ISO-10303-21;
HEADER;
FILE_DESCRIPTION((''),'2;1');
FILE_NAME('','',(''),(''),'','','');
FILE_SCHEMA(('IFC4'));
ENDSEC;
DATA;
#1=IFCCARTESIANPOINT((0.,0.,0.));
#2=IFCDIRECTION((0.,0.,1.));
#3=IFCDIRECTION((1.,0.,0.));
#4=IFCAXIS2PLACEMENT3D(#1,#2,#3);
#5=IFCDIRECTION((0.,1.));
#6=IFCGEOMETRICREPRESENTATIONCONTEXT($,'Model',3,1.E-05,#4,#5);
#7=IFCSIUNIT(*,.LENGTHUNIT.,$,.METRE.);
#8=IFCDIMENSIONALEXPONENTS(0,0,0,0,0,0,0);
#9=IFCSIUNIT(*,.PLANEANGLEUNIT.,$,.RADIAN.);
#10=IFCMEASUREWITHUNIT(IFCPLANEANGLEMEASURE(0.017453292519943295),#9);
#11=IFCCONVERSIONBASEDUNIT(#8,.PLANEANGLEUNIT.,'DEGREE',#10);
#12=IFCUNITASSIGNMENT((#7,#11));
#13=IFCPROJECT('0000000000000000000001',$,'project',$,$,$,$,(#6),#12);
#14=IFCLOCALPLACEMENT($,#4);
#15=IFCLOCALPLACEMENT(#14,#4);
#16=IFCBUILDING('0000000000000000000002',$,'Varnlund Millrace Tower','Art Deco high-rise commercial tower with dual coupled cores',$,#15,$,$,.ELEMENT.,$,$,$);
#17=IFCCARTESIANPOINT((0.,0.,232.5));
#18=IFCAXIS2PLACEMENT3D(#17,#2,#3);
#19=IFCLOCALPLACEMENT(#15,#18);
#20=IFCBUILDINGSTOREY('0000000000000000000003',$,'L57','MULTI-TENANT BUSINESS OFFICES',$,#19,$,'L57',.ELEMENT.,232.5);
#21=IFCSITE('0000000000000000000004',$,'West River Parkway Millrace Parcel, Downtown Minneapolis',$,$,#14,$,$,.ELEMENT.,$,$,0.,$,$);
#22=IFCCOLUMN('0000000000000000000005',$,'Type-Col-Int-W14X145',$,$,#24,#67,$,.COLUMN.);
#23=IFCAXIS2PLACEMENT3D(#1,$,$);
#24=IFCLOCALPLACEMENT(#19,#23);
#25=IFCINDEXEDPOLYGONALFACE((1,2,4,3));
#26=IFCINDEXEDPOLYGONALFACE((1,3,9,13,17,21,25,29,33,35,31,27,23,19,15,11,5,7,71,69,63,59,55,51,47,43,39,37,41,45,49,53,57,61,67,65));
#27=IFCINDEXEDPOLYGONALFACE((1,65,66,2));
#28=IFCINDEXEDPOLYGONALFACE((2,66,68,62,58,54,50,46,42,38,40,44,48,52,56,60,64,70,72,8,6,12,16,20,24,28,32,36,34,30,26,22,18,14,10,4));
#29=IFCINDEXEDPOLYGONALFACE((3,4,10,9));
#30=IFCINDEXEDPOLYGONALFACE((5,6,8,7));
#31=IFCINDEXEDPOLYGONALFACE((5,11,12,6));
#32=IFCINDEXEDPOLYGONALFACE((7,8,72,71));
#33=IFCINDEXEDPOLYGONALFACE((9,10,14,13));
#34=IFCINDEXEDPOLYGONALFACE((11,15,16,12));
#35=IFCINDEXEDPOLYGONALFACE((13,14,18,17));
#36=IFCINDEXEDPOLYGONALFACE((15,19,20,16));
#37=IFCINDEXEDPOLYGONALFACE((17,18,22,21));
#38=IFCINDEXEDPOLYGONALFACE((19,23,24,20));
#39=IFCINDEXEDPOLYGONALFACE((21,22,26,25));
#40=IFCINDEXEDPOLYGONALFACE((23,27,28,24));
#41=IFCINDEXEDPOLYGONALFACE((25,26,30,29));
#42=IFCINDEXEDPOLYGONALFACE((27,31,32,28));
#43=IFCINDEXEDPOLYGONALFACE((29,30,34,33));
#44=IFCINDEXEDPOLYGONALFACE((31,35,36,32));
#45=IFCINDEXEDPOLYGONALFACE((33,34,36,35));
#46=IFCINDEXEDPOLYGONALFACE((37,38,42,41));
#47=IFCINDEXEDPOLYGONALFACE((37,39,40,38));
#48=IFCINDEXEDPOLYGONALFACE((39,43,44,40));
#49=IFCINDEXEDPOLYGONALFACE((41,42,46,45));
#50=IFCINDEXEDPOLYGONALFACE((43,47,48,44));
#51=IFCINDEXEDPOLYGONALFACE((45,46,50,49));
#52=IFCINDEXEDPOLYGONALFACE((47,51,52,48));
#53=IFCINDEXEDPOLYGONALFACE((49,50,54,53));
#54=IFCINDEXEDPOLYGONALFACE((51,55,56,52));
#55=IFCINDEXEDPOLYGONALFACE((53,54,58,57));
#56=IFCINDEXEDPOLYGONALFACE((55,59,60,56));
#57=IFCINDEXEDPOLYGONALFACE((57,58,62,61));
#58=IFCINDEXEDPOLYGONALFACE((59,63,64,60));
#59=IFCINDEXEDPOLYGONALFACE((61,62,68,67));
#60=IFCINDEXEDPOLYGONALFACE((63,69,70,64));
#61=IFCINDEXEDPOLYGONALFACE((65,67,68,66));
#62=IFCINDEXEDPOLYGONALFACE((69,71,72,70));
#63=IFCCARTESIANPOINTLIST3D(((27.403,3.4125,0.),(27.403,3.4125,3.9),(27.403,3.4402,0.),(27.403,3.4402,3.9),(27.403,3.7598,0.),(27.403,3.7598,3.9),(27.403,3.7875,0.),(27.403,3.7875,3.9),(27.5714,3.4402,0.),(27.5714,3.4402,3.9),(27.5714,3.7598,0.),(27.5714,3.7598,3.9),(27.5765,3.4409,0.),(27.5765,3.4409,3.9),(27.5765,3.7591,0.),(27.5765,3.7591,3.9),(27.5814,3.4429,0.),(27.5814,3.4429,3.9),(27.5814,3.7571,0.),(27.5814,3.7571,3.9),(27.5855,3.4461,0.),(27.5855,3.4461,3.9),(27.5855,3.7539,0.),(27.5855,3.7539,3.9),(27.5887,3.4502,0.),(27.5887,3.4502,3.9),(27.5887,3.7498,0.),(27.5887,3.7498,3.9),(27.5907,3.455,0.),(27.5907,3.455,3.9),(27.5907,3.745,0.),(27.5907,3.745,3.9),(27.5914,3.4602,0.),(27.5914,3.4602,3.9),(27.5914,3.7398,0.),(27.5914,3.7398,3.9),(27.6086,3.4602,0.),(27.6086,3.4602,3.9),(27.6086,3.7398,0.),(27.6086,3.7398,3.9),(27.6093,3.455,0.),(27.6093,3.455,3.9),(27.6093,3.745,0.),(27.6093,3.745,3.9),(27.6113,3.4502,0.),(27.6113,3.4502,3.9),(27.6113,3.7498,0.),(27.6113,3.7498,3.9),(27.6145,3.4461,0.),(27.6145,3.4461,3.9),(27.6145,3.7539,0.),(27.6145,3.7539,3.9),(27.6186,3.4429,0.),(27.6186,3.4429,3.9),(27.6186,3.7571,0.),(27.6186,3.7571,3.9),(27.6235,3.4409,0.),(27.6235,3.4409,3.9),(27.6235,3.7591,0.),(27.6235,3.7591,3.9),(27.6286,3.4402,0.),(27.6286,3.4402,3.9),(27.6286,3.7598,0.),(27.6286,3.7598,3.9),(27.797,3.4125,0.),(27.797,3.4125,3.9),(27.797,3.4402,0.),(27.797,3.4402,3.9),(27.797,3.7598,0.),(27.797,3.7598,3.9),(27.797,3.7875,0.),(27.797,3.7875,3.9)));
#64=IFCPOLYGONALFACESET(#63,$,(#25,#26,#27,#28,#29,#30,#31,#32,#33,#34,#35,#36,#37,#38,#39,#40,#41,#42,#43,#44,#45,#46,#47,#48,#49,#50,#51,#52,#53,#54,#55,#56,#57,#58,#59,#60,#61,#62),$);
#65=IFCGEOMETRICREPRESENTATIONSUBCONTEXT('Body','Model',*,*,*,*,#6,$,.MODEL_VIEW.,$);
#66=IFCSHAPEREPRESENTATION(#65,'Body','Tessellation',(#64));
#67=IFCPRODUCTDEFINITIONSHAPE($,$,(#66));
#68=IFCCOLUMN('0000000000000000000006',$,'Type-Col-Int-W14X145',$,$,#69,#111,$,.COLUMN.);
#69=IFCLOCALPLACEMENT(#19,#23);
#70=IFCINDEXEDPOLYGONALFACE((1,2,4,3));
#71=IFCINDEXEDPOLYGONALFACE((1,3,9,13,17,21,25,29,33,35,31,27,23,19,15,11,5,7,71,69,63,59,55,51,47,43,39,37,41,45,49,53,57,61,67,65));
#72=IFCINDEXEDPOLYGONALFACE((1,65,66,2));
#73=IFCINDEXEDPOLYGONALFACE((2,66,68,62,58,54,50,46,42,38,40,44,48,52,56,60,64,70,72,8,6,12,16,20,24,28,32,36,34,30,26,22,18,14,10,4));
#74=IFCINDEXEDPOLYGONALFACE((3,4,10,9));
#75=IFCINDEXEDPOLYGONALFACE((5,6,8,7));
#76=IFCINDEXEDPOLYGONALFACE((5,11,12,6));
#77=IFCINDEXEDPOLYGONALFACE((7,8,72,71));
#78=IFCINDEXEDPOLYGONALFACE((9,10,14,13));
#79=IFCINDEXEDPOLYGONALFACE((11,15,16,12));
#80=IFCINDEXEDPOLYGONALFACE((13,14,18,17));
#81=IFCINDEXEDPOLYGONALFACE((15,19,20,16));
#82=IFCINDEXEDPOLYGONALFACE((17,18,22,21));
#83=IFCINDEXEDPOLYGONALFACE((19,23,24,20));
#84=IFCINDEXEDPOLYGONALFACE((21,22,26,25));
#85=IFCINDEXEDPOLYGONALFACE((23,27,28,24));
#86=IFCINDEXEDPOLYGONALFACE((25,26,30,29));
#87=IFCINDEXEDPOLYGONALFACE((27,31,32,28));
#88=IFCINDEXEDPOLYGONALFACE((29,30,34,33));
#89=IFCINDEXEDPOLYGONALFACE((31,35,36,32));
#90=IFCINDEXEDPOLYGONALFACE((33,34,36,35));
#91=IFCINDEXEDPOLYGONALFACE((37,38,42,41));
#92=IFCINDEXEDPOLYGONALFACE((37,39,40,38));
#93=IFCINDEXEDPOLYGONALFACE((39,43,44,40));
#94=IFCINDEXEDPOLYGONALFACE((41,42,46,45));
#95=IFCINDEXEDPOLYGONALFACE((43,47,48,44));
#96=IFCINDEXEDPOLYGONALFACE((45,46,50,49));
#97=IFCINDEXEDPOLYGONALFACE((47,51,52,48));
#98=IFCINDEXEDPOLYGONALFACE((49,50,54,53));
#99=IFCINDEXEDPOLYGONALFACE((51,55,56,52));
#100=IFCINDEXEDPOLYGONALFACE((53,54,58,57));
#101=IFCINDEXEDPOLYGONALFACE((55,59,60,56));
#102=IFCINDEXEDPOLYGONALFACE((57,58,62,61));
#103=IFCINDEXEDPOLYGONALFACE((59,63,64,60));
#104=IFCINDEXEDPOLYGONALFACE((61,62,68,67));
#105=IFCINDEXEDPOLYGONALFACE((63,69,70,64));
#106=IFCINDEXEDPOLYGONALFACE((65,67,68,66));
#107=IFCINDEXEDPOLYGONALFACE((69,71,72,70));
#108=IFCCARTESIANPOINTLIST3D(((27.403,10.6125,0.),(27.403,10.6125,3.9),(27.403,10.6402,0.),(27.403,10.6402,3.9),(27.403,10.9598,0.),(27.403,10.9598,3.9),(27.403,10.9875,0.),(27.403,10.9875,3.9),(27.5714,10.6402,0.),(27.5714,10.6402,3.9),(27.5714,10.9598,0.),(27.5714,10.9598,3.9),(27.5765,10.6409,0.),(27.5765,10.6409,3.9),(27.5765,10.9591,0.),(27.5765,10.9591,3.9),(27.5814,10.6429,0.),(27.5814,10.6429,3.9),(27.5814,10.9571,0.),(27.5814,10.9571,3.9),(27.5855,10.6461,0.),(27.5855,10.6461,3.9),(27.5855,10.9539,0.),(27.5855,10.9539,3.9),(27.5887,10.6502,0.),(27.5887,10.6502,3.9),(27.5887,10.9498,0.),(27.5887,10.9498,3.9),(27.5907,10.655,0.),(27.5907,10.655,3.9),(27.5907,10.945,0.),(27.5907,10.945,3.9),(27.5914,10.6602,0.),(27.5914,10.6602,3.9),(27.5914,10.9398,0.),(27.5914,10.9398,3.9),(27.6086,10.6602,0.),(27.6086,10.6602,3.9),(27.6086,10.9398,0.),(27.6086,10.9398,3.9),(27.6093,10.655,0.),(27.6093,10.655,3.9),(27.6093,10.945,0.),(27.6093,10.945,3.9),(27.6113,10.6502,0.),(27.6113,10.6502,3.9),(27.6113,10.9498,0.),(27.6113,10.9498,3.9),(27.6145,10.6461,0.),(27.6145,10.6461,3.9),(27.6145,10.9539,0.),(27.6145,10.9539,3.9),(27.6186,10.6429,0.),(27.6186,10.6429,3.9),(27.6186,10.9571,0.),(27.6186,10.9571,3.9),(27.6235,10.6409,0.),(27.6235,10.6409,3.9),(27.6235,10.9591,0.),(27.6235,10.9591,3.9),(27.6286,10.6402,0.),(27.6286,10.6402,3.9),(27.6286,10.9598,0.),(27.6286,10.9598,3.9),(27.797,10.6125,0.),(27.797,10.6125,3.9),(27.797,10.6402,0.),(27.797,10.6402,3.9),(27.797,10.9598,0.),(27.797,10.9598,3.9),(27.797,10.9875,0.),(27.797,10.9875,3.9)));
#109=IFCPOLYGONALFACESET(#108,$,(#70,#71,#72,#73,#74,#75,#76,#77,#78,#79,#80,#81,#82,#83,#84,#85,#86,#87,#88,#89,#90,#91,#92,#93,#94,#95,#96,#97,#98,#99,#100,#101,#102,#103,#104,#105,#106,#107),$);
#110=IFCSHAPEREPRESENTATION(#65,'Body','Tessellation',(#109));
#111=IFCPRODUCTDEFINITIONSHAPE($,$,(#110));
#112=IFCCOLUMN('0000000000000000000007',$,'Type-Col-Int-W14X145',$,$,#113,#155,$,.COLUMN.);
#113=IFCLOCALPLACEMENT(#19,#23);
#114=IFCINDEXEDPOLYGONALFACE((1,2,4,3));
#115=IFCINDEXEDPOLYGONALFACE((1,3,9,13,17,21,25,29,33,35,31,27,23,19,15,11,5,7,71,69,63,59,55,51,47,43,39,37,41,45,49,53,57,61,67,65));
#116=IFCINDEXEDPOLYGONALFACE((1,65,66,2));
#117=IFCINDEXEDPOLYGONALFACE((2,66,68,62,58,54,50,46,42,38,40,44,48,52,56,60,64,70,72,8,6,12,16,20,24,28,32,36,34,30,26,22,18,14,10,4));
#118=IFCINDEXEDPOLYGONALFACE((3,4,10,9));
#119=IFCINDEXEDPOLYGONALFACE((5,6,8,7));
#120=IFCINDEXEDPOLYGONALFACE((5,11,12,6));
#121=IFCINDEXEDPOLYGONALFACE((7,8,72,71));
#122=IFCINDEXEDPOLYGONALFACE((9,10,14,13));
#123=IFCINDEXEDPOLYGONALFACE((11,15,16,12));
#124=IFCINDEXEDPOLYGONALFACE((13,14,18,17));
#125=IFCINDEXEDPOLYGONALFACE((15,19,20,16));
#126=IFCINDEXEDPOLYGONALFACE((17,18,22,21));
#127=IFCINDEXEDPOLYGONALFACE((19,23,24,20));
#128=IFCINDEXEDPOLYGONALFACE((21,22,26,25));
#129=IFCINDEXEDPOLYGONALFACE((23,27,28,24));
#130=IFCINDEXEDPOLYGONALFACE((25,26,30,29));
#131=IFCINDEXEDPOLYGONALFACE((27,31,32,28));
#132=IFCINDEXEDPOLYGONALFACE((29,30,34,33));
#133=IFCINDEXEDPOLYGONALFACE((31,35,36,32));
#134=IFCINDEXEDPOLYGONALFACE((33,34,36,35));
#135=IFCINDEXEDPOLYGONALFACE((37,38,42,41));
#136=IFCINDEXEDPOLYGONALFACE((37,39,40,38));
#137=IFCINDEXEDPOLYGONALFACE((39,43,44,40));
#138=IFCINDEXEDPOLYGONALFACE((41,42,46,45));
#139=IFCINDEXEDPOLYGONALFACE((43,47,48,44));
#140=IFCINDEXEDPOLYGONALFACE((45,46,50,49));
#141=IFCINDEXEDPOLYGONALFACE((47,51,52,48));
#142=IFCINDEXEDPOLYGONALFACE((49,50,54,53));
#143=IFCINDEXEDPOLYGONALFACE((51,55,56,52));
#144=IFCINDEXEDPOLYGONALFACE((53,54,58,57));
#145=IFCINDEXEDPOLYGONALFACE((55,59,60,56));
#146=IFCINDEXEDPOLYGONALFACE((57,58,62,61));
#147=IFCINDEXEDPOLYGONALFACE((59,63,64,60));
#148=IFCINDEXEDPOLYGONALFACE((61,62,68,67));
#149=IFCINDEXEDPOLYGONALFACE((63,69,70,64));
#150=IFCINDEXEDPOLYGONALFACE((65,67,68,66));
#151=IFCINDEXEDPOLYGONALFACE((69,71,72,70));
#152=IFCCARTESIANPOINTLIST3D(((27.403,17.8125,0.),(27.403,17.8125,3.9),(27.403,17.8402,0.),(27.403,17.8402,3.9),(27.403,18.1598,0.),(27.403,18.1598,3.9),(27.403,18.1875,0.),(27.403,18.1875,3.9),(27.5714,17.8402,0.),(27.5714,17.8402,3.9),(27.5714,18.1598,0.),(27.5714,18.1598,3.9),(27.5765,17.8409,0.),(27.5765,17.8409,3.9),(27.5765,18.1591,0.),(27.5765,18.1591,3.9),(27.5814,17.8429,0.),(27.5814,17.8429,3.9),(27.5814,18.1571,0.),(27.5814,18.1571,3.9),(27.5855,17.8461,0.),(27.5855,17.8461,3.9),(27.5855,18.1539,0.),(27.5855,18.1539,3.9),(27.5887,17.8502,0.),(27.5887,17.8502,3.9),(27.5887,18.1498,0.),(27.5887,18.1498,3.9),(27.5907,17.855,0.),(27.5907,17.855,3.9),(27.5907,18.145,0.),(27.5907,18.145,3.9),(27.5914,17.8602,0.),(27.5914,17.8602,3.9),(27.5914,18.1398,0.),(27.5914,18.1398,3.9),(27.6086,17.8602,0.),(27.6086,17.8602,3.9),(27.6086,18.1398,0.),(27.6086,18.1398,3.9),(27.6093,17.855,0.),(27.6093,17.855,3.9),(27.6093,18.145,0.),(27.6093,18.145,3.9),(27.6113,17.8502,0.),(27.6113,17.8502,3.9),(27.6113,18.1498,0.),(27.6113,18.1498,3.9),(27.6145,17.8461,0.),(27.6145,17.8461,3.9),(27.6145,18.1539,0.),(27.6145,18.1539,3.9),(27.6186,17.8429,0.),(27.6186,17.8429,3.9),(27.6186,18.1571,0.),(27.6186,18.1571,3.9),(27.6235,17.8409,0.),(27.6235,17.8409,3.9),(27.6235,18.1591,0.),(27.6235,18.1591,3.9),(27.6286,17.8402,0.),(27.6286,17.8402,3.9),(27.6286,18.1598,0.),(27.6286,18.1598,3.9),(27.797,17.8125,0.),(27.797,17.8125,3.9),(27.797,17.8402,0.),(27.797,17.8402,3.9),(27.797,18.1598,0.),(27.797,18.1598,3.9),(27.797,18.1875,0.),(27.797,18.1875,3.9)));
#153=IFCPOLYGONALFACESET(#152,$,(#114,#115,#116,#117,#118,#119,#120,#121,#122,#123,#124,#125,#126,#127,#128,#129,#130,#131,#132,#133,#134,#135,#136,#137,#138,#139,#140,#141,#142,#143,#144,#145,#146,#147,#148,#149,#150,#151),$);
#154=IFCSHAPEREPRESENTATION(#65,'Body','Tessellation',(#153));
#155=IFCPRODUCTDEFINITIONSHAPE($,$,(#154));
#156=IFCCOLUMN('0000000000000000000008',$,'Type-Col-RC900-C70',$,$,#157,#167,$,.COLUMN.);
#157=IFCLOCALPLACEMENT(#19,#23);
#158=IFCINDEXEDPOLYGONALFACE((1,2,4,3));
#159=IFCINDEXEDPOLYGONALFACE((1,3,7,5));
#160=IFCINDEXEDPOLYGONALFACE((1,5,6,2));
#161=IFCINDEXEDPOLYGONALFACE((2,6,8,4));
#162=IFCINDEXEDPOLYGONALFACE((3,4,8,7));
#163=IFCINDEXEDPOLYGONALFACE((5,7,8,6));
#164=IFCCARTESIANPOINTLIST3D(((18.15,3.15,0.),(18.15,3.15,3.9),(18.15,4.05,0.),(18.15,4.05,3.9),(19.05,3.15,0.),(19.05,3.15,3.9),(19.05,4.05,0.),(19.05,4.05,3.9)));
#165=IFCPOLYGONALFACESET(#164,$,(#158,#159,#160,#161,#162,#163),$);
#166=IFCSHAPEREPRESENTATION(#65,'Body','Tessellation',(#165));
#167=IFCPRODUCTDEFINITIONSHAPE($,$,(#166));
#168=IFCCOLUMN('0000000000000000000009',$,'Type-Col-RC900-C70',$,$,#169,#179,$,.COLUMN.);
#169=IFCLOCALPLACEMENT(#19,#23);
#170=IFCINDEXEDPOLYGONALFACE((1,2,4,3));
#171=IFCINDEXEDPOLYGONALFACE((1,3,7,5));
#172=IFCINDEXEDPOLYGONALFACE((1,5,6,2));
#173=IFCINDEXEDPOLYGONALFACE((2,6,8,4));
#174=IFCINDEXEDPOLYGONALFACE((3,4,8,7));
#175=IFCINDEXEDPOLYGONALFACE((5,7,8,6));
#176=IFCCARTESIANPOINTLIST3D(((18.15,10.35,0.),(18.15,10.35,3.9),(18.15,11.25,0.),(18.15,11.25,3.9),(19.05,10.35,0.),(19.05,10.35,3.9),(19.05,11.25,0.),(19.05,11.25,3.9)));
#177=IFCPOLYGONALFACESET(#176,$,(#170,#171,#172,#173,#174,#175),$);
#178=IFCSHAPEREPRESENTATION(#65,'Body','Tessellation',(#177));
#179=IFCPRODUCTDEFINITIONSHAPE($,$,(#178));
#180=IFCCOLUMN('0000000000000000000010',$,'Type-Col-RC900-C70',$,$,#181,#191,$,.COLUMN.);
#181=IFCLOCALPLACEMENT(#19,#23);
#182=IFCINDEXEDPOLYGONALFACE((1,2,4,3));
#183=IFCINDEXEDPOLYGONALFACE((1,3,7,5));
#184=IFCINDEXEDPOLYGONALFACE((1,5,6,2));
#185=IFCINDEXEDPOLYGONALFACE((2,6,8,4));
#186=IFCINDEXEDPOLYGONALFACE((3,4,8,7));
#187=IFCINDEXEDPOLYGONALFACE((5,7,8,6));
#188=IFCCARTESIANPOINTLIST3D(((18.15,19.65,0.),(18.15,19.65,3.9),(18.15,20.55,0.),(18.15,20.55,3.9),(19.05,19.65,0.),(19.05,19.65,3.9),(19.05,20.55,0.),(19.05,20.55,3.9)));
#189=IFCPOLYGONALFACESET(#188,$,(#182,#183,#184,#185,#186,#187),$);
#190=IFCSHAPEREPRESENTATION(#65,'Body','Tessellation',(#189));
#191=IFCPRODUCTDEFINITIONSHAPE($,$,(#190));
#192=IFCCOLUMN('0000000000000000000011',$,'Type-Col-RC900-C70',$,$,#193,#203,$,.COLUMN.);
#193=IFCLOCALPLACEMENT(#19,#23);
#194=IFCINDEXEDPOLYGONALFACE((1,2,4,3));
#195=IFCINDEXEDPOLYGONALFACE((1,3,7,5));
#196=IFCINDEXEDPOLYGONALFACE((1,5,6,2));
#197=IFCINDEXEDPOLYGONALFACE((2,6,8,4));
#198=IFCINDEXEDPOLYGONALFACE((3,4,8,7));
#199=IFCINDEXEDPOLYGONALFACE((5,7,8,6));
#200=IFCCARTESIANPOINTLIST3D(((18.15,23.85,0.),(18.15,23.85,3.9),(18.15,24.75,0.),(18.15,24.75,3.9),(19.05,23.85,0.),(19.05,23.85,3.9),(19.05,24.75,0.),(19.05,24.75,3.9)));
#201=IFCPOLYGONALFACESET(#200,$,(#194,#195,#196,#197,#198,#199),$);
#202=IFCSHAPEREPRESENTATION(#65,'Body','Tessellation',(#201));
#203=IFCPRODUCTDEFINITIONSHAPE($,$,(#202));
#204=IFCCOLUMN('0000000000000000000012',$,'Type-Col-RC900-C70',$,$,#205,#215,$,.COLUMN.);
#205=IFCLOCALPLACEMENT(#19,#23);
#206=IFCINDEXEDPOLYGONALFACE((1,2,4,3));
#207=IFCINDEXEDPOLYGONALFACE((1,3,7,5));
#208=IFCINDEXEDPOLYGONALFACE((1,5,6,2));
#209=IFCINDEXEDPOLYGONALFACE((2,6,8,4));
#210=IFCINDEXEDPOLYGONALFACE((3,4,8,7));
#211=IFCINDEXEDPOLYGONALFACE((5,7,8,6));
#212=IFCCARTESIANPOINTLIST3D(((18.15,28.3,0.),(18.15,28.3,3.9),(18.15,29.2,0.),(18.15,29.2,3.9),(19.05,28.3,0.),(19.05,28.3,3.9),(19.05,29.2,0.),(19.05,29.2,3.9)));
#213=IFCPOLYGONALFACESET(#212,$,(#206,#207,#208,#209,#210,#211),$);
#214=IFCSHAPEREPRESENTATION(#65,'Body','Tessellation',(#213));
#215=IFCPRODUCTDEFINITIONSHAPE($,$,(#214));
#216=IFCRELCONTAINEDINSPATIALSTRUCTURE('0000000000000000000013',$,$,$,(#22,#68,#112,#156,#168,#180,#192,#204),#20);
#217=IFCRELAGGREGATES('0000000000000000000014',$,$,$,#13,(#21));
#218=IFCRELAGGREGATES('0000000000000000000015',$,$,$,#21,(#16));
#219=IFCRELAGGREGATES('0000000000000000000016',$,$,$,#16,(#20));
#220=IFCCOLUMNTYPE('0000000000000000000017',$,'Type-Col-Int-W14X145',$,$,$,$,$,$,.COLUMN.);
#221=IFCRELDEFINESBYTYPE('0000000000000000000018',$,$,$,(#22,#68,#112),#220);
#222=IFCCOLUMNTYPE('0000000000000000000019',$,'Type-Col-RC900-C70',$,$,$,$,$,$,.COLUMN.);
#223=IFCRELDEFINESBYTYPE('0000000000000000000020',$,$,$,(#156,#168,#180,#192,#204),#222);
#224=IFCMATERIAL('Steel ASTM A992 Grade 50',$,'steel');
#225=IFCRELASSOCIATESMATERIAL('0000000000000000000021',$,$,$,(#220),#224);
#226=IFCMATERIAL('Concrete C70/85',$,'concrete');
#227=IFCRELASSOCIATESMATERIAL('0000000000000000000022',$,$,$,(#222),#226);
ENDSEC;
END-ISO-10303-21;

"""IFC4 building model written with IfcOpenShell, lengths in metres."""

from ifc_helpers import new_model, entity, si_unit, converted_unit, direction, frame, origin_with_axes, origin_2d_with_axis, place, context, subcontext, project, spatial, rectangle, i_section, extrude, material, material_profile, profile_set, type_object, element, save


model = new_model("IFC4")

# Units and contexts
model_context = context("Model", 3, precision=1e-05, world=origin_with_axes(), true_north=direction((0.0, 1.0)))
body_context = subcontext(model_context, "Body", "Model", "MODEL_VIEW")
ifc_project = project(units=[si_unit("LENGTHUNIT", "METRE"), converted_unit("PLANEANGLEUNIT", "DEGREE", entity("IfcPlaneAngleMeasure", 0.017453292519943295), si_unit("PLANEANGLEUNIT", "RADIAN"), dimensions=[0, 0, 0, 0, 0, 0, 0])], contexts=[model_context])

# Site, building, storey
site_placement = place(None, origin_with_axes())
site = spatial("IfcSite", under=ifc_project, at=site_placement, Name="West River Parkway Millrace Parcel, Downtown Minneapolis", CompositionType="ELEMENT", RefElevation=0.0)
building_placement = place(site_placement, origin_with_axes())
building = spatial("IfcBuilding", under=site, at=building_placement, Name="Varnlund Millrace Tower", Description="Art Deco high-rise commercial tower with dual coupled cores", CompositionType="ELEMENT")
storey_placement = place(building_placement, frame((0.0, 0.0, 232.5), z_axis=(0.0, 0.0, 1.0), x_axis=(1.0, 0.0, 0.0)))
storey = spatial("IfcBuildingStorey", under=building, at=storey_placement, Name="L57", Description="MULTI-TENANT BUSINESS OFFICES", LongName="L57", CompositionType="ELEMENT", Elevation=232.5)

# Columns
ifc_material_1 = material(Name="Steel ASTM A992 Grade 50", Category="steel")
ifc_material_profile_1 = material_profile(ifc_material_1, i_section(OverallWidth=0.394, OverallDepth=0.375, WebThickness=0.0173, FlangeThickness=0.0277, FilletRadius=0.02, at=origin_2d_with_axis()), Name="Steel ASTM A992 Grade 50")
ifc_profile_set_1 = profile_set([ifc_material_profile_1], Name="Steel ASTM A992 Grade 50")
column_type_1 = type_object("IfcColumnType", Name="Type-Col-Int-W14X145", PredefinedType="COLUMN", material=ifc_profile_set_1)
for number, where, z_axis, x_axis, name in (
    (1, (27.6, 3.6, 0.0), (0.0, 0.0, 1.0), (1.0, 0.0, 0.0), "Type-Col-Int-W14X145"),
    (2, (27.6, 10.8, 0.0), (0.0, 0.0, 1.0), (1.0, 0.0, 0.0), "Type-Col-Int-W14X145"),
    (3, (27.6, 18.0, 0.0), (0.0, 0.0, 1.0), (1.0, 0.0, 0.0), "Type-Col-Int-W14X145"),
):
    element("IfcColumn", number, at=place(storey_placement, frame(where, z_axis=z_axis, x_axis=x_axis)), inside=storey, type_object=column_type_1, Name=name, PredefinedType="COLUMN", context=body_context, shape_type="SweptSolid", body=[
        extrude(i_section(OverallWidth=0.394, OverallDepth=0.375, WebThickness=0.0173, FlangeThickness=0.0277, FilletRadius=0.02, at=origin_2d_with_axis()), origin_with_axes(), (0.0, 0.0, 1.0), 3.9),
    ])
ifc_material_2 = material(Name="Concrete C70/85", Category="concrete")
ifc_material_profile_2 = material_profile(ifc_material_2, rectangle(XDim=0.9, YDim=0.9, at=origin_2d_with_axis()), Name="Concrete C70/85")
ifc_profile_set_2 = profile_set([ifc_material_profile_2], Name="Concrete C70/85")
column_type_2 = type_object("IfcColumnType", Name="Type-Col-RC900-C70", PredefinedType="COLUMN", material=ifc_profile_set_2)
for number, where, z_axis, x_axis, name in (
    (4, (18.6, 3.6, 0.0), (0.0, 0.0, 1.0), (1.0, 0.0, 0.0), "Type-Col-RC900-C70"),
    (5, (18.6, 10.8, 0.0), (0.0, 0.0, 1.0), (1.0, 0.0, 0.0), "Type-Col-RC900-C70"),
    (6, (18.6, 20.1, 0.0), (0.0, 0.0, 1.0), (1.0, 0.0, 0.0), "Type-Col-RC900-C70"),
    (7, (18.6, 24.3, 0.0), (0.0, 0.0, 1.0), (1.0, 0.0, 0.0), "Type-Col-RC900-C70"),
    (8, (18.6, 28.75, 0.0), (0.0, 0.0, 1.0), (1.0, 0.0, 0.0), "Type-Col-RC900-C70"),
):
    element("IfcColumn", number, at=place(storey_placement, frame(where, z_axis=z_axis, x_axis=x_axis)), inside=storey, type_object=column_type_2, Name=name, PredefinedType="COLUMN", context=body_context, shape_type="SweptSolid", body=[
        extrude(rectangle(XDim=0.9, YDim=0.9, at=origin_2d_with_axis()), origin_with_axes(), (0.0, 0.0, 1.0), 3.9),
    ])

save(model, "model.ifc")
